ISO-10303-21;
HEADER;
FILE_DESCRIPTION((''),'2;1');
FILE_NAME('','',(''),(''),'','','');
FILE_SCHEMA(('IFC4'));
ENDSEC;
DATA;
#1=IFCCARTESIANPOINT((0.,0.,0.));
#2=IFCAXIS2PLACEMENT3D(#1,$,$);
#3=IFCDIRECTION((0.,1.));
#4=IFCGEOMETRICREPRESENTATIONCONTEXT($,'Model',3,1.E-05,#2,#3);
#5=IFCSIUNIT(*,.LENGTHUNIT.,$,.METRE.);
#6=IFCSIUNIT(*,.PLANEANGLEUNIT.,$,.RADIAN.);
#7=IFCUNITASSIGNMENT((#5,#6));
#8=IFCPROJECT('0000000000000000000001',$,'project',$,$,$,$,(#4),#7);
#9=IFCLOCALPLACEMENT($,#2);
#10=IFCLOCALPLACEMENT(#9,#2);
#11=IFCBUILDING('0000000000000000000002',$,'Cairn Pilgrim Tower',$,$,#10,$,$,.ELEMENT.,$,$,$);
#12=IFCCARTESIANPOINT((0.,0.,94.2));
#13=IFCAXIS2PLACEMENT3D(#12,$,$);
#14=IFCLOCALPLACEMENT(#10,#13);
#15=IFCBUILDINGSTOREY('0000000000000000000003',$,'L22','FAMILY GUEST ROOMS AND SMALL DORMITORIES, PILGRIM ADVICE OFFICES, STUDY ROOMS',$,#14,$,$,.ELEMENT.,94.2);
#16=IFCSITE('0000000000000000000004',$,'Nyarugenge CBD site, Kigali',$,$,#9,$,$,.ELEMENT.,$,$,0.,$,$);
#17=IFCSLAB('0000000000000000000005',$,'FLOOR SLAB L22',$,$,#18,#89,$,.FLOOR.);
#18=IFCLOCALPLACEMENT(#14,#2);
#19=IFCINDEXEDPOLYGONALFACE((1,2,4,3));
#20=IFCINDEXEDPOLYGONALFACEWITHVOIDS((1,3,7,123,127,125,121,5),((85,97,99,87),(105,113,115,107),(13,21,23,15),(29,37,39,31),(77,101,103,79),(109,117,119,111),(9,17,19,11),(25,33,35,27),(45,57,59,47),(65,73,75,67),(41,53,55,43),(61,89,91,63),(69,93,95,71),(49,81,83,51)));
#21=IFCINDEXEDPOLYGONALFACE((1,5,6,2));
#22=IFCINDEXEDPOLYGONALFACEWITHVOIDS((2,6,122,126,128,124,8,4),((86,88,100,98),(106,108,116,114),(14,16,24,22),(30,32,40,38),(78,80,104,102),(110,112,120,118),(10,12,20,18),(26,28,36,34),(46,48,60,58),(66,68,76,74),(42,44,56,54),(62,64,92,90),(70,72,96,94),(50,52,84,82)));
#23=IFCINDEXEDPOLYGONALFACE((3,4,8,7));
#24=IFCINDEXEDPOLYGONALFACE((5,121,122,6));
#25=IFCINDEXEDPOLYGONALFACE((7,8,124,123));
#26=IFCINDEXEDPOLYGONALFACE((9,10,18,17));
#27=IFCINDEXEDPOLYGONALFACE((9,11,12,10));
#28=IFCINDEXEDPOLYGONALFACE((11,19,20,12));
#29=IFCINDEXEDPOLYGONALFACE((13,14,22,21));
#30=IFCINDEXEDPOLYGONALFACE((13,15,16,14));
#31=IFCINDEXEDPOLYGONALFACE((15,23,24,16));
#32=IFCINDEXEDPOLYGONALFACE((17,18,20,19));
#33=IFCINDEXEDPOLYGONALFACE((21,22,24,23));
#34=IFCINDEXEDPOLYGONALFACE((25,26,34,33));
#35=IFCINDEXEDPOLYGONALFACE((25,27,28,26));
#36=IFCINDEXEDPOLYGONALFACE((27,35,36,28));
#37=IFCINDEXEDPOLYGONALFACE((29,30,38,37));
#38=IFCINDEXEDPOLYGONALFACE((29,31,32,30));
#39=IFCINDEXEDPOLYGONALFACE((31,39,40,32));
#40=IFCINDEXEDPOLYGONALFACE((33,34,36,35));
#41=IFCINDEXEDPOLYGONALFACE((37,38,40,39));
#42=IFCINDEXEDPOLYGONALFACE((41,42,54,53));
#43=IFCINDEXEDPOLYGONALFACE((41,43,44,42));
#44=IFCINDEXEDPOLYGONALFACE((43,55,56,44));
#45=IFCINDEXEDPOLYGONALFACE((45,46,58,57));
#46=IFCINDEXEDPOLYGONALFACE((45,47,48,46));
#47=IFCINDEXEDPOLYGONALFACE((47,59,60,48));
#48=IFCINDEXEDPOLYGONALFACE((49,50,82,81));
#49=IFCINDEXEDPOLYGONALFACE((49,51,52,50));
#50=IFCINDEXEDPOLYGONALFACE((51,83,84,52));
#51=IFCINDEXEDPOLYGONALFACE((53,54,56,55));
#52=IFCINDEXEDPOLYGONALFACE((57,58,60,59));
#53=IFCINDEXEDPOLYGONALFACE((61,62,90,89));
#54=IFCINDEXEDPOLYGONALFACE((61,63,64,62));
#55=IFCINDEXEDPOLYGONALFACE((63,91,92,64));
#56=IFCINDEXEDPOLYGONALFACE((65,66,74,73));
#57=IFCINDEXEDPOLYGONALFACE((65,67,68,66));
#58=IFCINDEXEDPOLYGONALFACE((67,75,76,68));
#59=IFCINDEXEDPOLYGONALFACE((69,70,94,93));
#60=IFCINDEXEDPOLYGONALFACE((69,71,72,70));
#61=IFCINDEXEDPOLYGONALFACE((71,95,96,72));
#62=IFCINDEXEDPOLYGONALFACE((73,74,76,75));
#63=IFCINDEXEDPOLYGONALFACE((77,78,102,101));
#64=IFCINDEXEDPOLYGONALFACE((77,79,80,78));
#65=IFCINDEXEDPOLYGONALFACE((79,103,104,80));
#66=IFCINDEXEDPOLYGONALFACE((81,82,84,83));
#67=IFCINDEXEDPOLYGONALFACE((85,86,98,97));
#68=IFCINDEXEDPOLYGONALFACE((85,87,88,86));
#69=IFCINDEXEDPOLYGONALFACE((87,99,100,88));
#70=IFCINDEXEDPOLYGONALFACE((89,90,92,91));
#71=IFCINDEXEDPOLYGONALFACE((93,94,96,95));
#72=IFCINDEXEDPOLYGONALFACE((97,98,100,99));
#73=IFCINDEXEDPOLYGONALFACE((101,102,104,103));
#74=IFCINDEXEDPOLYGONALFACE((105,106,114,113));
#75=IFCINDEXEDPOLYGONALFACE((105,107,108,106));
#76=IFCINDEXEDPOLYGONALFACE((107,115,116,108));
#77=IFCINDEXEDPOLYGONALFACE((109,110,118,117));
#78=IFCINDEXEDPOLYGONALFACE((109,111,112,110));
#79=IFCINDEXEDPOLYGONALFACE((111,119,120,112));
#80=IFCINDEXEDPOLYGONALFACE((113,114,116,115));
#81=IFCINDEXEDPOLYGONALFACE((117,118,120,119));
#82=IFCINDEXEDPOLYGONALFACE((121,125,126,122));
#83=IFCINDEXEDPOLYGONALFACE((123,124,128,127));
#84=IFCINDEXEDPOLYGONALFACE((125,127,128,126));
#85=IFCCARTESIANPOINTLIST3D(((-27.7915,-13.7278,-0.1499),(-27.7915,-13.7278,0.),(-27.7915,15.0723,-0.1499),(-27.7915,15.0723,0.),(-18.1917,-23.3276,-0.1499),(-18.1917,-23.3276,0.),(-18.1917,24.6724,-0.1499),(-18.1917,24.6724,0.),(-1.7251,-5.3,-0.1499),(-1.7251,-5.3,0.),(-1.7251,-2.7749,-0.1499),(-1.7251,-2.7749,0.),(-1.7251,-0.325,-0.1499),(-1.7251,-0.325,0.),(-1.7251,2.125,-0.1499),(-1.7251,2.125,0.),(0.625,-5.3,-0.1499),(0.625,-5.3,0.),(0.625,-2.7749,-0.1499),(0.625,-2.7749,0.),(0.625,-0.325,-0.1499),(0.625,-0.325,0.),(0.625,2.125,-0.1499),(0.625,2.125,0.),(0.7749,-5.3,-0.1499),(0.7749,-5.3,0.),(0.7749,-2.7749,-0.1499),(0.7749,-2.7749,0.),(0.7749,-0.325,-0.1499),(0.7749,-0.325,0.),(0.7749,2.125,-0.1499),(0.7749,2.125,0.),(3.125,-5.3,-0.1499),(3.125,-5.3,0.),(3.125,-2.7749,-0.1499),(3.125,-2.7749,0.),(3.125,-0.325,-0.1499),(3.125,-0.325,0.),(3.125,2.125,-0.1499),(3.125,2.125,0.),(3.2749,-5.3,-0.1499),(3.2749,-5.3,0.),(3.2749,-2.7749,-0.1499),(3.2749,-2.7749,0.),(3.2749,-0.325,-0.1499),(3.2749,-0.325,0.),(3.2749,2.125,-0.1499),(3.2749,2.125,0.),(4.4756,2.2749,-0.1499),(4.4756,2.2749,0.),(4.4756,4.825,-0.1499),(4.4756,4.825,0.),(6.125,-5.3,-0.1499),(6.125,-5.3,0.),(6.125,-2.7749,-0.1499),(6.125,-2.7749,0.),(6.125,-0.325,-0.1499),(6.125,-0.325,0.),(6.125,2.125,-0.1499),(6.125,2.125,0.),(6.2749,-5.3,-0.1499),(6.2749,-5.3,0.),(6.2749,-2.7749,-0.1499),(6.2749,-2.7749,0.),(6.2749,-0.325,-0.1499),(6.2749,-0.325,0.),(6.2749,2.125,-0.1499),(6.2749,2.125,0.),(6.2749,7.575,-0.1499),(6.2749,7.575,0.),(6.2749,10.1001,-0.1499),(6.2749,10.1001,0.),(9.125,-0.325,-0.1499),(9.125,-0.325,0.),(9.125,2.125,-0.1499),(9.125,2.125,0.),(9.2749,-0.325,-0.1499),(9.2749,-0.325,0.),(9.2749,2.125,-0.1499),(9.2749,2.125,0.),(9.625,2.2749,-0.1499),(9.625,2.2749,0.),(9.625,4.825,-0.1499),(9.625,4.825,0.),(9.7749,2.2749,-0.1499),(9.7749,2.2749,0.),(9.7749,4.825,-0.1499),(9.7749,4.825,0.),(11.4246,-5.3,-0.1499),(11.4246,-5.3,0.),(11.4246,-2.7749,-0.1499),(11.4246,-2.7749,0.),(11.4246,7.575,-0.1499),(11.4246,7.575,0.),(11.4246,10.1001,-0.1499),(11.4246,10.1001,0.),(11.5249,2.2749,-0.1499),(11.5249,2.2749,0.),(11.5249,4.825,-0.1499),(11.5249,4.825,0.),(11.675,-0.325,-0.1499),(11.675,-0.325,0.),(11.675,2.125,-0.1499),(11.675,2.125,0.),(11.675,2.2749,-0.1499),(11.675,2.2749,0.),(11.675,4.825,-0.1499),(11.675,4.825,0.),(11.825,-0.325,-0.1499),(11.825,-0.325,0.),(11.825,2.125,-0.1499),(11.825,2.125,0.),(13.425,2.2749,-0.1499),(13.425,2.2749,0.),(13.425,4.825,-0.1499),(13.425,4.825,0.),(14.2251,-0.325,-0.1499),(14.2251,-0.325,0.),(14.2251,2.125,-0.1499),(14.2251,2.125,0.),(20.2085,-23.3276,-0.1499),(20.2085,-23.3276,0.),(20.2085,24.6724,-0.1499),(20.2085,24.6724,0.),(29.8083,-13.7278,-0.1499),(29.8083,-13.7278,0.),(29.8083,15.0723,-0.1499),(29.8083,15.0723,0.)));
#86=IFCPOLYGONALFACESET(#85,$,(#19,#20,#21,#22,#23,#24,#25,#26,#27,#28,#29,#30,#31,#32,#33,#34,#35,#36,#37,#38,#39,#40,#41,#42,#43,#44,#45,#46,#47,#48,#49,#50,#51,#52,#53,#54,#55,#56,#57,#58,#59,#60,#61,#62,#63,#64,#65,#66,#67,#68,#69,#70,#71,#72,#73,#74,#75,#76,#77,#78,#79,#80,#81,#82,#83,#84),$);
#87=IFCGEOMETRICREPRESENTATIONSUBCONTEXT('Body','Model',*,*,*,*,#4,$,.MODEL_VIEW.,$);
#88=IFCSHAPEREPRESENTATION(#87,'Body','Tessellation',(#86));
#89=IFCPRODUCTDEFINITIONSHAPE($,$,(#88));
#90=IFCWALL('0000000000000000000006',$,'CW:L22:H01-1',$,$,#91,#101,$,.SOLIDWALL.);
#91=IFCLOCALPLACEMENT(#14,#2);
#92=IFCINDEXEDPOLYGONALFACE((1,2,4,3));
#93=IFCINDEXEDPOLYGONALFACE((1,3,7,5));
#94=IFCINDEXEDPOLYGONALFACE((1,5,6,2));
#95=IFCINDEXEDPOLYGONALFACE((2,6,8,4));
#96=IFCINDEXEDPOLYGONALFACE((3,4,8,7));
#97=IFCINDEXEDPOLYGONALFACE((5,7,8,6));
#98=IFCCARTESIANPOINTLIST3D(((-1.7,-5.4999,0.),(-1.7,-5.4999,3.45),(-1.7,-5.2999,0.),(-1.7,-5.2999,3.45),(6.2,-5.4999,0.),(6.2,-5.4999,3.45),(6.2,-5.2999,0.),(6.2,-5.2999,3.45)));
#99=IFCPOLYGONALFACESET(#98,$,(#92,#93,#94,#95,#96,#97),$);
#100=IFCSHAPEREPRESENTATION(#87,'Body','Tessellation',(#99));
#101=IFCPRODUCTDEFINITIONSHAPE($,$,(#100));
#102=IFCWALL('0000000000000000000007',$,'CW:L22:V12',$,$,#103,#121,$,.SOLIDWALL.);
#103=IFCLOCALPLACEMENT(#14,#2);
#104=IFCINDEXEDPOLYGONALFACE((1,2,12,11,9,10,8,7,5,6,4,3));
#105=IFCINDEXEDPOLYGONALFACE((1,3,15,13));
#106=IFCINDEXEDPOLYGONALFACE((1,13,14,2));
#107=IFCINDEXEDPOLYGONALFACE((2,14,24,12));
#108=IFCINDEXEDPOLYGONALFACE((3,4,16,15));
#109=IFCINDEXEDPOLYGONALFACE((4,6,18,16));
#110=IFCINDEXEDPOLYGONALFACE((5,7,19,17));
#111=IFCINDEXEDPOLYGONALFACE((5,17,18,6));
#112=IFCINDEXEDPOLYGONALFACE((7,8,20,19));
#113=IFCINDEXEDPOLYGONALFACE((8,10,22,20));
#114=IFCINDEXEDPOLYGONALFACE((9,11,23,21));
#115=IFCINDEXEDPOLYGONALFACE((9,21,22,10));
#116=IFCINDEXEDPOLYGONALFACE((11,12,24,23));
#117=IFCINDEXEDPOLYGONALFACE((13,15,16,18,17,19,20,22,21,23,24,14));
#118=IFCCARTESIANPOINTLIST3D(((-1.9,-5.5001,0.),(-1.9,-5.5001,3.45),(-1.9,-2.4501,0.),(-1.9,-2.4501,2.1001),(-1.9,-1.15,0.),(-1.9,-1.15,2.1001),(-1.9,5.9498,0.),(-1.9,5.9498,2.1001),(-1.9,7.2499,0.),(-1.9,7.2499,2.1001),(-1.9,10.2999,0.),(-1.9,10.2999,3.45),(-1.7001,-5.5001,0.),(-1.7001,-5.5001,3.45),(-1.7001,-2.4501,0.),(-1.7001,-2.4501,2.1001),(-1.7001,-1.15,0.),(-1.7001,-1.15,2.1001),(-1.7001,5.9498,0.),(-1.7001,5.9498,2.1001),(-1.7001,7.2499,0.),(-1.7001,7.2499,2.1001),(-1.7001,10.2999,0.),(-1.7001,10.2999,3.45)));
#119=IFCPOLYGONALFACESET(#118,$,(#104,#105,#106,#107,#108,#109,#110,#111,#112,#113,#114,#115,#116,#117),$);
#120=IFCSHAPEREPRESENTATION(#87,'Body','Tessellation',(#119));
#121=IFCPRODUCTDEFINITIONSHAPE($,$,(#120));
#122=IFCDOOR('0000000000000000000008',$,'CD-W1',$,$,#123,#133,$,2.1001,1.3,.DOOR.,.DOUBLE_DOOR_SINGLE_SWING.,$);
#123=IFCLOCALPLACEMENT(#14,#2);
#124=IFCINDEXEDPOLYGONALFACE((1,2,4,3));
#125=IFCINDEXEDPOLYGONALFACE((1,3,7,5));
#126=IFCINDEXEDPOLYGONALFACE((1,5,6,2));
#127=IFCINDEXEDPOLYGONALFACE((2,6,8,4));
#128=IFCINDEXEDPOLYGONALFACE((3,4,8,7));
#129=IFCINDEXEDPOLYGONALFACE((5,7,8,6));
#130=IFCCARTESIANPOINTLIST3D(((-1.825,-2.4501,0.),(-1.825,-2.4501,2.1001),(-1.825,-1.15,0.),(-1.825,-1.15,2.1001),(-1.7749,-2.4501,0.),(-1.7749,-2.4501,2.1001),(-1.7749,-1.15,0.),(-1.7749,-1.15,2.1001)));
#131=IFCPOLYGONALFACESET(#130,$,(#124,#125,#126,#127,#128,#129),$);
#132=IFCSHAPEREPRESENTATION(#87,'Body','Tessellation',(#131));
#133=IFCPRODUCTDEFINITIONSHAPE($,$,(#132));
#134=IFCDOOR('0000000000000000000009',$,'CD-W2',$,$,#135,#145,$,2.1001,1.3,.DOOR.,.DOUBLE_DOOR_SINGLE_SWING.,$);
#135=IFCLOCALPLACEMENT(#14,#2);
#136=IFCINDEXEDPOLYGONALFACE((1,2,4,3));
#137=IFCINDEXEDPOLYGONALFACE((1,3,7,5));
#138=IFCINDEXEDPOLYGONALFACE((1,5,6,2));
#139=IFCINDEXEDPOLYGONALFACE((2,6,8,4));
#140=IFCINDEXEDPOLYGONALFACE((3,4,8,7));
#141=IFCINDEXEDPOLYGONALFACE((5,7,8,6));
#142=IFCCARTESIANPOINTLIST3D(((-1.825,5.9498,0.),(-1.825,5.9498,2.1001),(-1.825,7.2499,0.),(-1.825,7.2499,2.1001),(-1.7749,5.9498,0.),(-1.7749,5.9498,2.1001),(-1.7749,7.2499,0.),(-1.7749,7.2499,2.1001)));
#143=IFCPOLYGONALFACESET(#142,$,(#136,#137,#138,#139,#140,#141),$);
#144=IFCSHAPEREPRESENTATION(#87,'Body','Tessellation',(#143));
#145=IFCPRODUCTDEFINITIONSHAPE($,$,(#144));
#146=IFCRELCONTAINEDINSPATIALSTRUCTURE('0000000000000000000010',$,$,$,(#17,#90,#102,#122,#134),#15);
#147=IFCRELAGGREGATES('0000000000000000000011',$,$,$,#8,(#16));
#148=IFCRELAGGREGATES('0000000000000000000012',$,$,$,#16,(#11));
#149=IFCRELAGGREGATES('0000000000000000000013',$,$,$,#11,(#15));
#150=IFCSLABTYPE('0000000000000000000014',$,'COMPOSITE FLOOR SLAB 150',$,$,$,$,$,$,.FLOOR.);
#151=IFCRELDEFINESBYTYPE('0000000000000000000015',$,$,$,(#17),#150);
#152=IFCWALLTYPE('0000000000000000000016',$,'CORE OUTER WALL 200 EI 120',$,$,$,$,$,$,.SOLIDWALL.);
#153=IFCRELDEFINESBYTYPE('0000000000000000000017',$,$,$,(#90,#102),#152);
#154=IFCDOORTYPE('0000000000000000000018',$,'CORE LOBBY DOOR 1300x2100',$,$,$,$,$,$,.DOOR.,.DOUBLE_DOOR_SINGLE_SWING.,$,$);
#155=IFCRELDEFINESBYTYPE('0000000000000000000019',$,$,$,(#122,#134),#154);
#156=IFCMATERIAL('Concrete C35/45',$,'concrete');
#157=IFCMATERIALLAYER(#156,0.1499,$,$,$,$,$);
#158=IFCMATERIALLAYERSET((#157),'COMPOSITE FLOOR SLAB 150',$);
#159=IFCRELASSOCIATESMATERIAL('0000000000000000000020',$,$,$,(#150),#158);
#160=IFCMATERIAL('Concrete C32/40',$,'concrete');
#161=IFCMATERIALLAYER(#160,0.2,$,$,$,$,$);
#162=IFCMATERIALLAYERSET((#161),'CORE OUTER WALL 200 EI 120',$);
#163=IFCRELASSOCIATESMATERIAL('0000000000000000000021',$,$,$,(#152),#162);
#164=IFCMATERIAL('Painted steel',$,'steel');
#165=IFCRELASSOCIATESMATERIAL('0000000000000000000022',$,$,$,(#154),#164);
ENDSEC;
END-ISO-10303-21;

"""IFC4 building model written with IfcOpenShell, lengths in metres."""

from ifc_helpers import new_model, si_unit, direction, frame, frame_2d, origin, place, context, subcontext, project, spatial, polyline, rectangle, outline, extrude, material, layer, layer_set, type_object, element, fill, save


model = new_model("IFC4")

# Units and contexts
model_context = context("Model", 3, precision=1e-05, world=origin(), true_north=direction((0.0, 1.0)))
body_context = subcontext(model_context, "Body", "Model", "MODEL_VIEW")
ifc_project = project(units=[si_unit("LENGTHUNIT", "METRE"), si_unit("PLANEANGLEUNIT", "RADIAN")], contexts=[model_context])

# Site, building, storey
site_placement = place(None, origin())
site = spatial("IfcSite", under=ifc_project, at=site_placement, Name="Nyarugenge CBD site, Kigali", CompositionType="ELEMENT", RefElevation=0.0)
building_placement = place(site_placement, origin())
building = spatial("IfcBuilding", under=site, at=building_placement, Name="Cairn Pilgrim Tower", CompositionType="ELEMENT")
storey_placement = place(building_placement, frame((0.0, 0.0, 94.2)))
storey = spatial("IfcBuildingStorey", under=building, at=storey_placement, Name="L22", Description="FAMILY GUEST ROOMS AND SMALL DORMITORIES, PILGRIM ADVICE OFFICES, STUDY ROOMS", CompositionType="ELEMENT", Elevation=94.2)

# Slab
ifc_material_1 = material(Name="Concrete C35/45", Category="concrete")
ifc_layer_1 = layer(ifc_material_1, 0.1499)
ifc_layer_set_1 = layer_set([ifc_layer_1], Name="COMPOSITE FLOOR SLAB 150")
slab_type = type_object("IfcSlabType", Name="COMPOSITE FLOOR SLAB 150", PredefinedType="FLOOR", material=ifc_layer_set_1)
slab_placement = place(storey_placement, frame((0.0, 0.0, -0.1499)))
element("IfcSlab", 1, at=slab_placement, inside=storey, type_object=slab_type, Name="FLOOR SLAB L22", PredefinedType="FLOOR", context=body_context, shape_type="SweptSolid", body=[
    extrude(outline(polyline([(-18.1917, -23.3276), (20.2085, -23.3276), (29.8083, -13.7278), (29.8083, 15.0723), (20.2085, 24.6724), (-18.1917, 24.6724), (-27.7915, 15.0723), (-27.7915, -13.7278), (-18.1917, -23.3276)]), holes=[polyline([(-1.7251, -5.3), (0.625, -5.3), (0.625, -2.7749), (-1.7251, -2.7749), (-1.7251, -5.3)]), polyline([(0.7749, -5.3), (3.125, -5.3), (3.125, -2.7749), (0.7749, -2.7749), (0.7749, -5.3)]), polyline([(-1.7251, -0.325), (0.625, -0.325), (0.625, 2.125), (-1.7251, 2.125), (-1.7251, -0.325)]), polyline([(0.7749, -0.325), (3.125, -0.325), (3.125, 2.125), (0.7749, 2.125), (0.7749, -0.325)]), polyline([(3.2749, -5.3), (6.125, -5.3), (6.125, -2.7749), (3.2749, -2.7749), (3.2749, -5.3)]), polyline([(3.2749, -0.325), (6.125, -0.325), (6.125, 2.125), (3.2749, 2.125), (3.2749, -0.325)]), polyline([(6.2749, -0.325), (9.125, -0.325), (9.125, 2.125), (6.2749, 2.125), (6.2749, -0.325)]), polyline([(9.2749, -0.325), (11.675, -0.325), (11.675, 2.125), (9.2749, 2.125), (9.2749, -0.325)]), polyline([(11.825, -0.325), (14.2251, -0.325), (14.2251, 2.125), (11.825, 2.125), (11.825, -0.325)]), polyline([(9.7749, 2.2749), (11.5249, 2.2749), (11.5249, 4.825), (9.7749, 4.825), (9.7749, 2.2749)]), polyline([(11.675, 2.2749), (13.425, 2.2749), (13.425, 4.825), (11.675, 4.825), (11.675, 2.2749)]), polyline([(11.4246, -2.7749), (6.2749, -2.7749), (6.2749, -5.3), (11.4246, -5.3), (11.4246, -2.7749)]), polyline([(4.4756, 2.2749), (9.625, 2.2749), (9.625, 4.825), (4.4756, 4.825), (4.4756, 2.2749)]), polyline([(11.4246, 10.1001), (6.2749, 10.1001), (6.2749, 7.575), (11.4246, 7.575), (11.4246, 10.1001)])]), origin(), (0.0, 0.0, 1.0), 0.1499),
])

# Wall
ifc_material_2 = material(Name="Concrete C32/40", Category="concrete")
ifc_layer_2 = layer(ifc_material_2, 0.2)
ifc_layer_set_2 = layer_set([ifc_layer_2], Name="CORE OUTER WALL 200 EI 120")
wall_type_1 = type_object("IfcWallType", Name="CORE OUTER WALL 200 EI 120", PredefinedType="SOLIDWALL", material=ifc_layer_set_2)
wall_1_placement = place(storey_placement, frame((-1.7, -5.3999, 0.0), z_axis=(0.0, 0.0, 1.0), x_axis=(1.0, 0.0, 0.0)))
element("IfcWall", 2, at=wall_1_placement, inside=storey, type_object=wall_type_1, Name="CW:L22:H01-1", PredefinedType="SOLIDWALL", context=body_context, shape_type="SweptSolid", body=[
    extrude(rectangle(XDim=7.8999, YDim=0.2, at=frame_2d((3.95, 0.0))), origin(), (0.0, 0.0, 1.0), 3.45),
])

# Wall, openings, doors
wall_2_placement = place(storey_placement, frame((-1.8, -5.5, 0.0), z_axis=(0.0, 0.0, 1.0), x_axis=(0.0, 1.0, 0.0)))
wall_2 = element("IfcWall", 3, at=wall_2_placement, inside=storey, type_object=wall_type_1, Name="CW:L22:V12", PredefinedType="SOLIDWALL", context=body_context, shape_type="SweptSolid", body=[
    extrude(rectangle(XDim=15.8, YDim=0.2, at=frame_2d((7.8999, 0.0))), origin(), (0.0, 0.0, 1.0), 3.45),
])
opening_1_placement = place(wall_2_placement, frame((3.05, 0.0, 0.0)))
opening_1 = element("IfcOpeningElement", 4, at=opening_1_placement, cuts=wall_2, PredefinedType="OPENING", context=body_context, shape_type="SweptSolid", body=[
    extrude(rectangle(XDim=1.3, YDim=2.1001, at=frame_2d((0.6499, 1.05))), frame((0.0, 0.1099, 0.0), z_axis=(0.0, -1.0, 0.0), x_axis=(1.0, 0.0, 0.0)), (0.0, 0.0, 1.0), 0.22),
])
opening_2_placement = place(wall_2_placement, frame((11.45, 0.0, 0.0)))
opening_2 = element("IfcOpeningElement", 5, at=opening_2_placement, cuts=wall_2, PredefinedType="OPENING", context=body_context, shape_type="SweptSolid", body=[
    extrude(rectangle(XDim=1.3, YDim=2.1001, at=frame_2d((0.6499, 1.05))), frame((0.0, 0.1099, 0.0), z_axis=(0.0, -1.0, 0.0), x_axis=(1.0, 0.0, 0.0)), (0.0, 0.0, 1.0), 0.22),
])
ifc_material_3 = material(Name="Painted steel", Category="steel")
door_type_1 = type_object("IfcDoorType", Name="CORE LOBBY DOOR 1300x2100", OperationType="DOUBLE_DOOR_SINGLE_SWING", PredefinedType="DOOR", material=ifc_material_3)
door_1_placement = place(opening_1_placement, origin())
door_1 = element("IfcDoor", 6, at=door_1_placement, inside=storey, type_object=door_type_1, Name="CD-W1", OperationType="DOUBLE_DOOR_SINGLE_SWING", OverallHeight=2.1001, OverallWidth=1.3, PredefinedType="DOOR", context=body_context, shape_type="SweptSolid", body=[
    extrude(rectangle(XDim=1.3, YDim=2.1001, at=frame_2d((0.6499, 1.05))), frame((0.0, 0.0249, 0.0), z_axis=(0.0, -1.0, 0.0), x_axis=(1.0, 0.0, 0.0)), (0.0, 0.0, 1.0), 0.05),
])
fill(opening_1, door_1)
door_2_placement = place(opening_2_placement, origin())
door_2 = element("IfcDoor", 7, at=door_2_placement, inside=storey, type_object=door_type_1, Name="CD-W2", OperationType="DOUBLE_DOOR_SINGLE_SWING", OverallHeight=2.1001, OverallWidth=1.3, PredefinedType="DOOR", context=body_context, shape_type="SweptSolid", body=[
    extrude(rectangle(XDim=1.3, YDim=2.1001, at=frame_2d((0.6499, 1.05))), frame((0.0, 0.0249, 0.0), z_axis=(0.0, -1.0, 0.0), x_axis=(1.0, 0.0, 0.0)), (0.0, 0.0, 1.0), 0.05),
])
fill(opening_2, door_2)

save(model, "model.ifc")
